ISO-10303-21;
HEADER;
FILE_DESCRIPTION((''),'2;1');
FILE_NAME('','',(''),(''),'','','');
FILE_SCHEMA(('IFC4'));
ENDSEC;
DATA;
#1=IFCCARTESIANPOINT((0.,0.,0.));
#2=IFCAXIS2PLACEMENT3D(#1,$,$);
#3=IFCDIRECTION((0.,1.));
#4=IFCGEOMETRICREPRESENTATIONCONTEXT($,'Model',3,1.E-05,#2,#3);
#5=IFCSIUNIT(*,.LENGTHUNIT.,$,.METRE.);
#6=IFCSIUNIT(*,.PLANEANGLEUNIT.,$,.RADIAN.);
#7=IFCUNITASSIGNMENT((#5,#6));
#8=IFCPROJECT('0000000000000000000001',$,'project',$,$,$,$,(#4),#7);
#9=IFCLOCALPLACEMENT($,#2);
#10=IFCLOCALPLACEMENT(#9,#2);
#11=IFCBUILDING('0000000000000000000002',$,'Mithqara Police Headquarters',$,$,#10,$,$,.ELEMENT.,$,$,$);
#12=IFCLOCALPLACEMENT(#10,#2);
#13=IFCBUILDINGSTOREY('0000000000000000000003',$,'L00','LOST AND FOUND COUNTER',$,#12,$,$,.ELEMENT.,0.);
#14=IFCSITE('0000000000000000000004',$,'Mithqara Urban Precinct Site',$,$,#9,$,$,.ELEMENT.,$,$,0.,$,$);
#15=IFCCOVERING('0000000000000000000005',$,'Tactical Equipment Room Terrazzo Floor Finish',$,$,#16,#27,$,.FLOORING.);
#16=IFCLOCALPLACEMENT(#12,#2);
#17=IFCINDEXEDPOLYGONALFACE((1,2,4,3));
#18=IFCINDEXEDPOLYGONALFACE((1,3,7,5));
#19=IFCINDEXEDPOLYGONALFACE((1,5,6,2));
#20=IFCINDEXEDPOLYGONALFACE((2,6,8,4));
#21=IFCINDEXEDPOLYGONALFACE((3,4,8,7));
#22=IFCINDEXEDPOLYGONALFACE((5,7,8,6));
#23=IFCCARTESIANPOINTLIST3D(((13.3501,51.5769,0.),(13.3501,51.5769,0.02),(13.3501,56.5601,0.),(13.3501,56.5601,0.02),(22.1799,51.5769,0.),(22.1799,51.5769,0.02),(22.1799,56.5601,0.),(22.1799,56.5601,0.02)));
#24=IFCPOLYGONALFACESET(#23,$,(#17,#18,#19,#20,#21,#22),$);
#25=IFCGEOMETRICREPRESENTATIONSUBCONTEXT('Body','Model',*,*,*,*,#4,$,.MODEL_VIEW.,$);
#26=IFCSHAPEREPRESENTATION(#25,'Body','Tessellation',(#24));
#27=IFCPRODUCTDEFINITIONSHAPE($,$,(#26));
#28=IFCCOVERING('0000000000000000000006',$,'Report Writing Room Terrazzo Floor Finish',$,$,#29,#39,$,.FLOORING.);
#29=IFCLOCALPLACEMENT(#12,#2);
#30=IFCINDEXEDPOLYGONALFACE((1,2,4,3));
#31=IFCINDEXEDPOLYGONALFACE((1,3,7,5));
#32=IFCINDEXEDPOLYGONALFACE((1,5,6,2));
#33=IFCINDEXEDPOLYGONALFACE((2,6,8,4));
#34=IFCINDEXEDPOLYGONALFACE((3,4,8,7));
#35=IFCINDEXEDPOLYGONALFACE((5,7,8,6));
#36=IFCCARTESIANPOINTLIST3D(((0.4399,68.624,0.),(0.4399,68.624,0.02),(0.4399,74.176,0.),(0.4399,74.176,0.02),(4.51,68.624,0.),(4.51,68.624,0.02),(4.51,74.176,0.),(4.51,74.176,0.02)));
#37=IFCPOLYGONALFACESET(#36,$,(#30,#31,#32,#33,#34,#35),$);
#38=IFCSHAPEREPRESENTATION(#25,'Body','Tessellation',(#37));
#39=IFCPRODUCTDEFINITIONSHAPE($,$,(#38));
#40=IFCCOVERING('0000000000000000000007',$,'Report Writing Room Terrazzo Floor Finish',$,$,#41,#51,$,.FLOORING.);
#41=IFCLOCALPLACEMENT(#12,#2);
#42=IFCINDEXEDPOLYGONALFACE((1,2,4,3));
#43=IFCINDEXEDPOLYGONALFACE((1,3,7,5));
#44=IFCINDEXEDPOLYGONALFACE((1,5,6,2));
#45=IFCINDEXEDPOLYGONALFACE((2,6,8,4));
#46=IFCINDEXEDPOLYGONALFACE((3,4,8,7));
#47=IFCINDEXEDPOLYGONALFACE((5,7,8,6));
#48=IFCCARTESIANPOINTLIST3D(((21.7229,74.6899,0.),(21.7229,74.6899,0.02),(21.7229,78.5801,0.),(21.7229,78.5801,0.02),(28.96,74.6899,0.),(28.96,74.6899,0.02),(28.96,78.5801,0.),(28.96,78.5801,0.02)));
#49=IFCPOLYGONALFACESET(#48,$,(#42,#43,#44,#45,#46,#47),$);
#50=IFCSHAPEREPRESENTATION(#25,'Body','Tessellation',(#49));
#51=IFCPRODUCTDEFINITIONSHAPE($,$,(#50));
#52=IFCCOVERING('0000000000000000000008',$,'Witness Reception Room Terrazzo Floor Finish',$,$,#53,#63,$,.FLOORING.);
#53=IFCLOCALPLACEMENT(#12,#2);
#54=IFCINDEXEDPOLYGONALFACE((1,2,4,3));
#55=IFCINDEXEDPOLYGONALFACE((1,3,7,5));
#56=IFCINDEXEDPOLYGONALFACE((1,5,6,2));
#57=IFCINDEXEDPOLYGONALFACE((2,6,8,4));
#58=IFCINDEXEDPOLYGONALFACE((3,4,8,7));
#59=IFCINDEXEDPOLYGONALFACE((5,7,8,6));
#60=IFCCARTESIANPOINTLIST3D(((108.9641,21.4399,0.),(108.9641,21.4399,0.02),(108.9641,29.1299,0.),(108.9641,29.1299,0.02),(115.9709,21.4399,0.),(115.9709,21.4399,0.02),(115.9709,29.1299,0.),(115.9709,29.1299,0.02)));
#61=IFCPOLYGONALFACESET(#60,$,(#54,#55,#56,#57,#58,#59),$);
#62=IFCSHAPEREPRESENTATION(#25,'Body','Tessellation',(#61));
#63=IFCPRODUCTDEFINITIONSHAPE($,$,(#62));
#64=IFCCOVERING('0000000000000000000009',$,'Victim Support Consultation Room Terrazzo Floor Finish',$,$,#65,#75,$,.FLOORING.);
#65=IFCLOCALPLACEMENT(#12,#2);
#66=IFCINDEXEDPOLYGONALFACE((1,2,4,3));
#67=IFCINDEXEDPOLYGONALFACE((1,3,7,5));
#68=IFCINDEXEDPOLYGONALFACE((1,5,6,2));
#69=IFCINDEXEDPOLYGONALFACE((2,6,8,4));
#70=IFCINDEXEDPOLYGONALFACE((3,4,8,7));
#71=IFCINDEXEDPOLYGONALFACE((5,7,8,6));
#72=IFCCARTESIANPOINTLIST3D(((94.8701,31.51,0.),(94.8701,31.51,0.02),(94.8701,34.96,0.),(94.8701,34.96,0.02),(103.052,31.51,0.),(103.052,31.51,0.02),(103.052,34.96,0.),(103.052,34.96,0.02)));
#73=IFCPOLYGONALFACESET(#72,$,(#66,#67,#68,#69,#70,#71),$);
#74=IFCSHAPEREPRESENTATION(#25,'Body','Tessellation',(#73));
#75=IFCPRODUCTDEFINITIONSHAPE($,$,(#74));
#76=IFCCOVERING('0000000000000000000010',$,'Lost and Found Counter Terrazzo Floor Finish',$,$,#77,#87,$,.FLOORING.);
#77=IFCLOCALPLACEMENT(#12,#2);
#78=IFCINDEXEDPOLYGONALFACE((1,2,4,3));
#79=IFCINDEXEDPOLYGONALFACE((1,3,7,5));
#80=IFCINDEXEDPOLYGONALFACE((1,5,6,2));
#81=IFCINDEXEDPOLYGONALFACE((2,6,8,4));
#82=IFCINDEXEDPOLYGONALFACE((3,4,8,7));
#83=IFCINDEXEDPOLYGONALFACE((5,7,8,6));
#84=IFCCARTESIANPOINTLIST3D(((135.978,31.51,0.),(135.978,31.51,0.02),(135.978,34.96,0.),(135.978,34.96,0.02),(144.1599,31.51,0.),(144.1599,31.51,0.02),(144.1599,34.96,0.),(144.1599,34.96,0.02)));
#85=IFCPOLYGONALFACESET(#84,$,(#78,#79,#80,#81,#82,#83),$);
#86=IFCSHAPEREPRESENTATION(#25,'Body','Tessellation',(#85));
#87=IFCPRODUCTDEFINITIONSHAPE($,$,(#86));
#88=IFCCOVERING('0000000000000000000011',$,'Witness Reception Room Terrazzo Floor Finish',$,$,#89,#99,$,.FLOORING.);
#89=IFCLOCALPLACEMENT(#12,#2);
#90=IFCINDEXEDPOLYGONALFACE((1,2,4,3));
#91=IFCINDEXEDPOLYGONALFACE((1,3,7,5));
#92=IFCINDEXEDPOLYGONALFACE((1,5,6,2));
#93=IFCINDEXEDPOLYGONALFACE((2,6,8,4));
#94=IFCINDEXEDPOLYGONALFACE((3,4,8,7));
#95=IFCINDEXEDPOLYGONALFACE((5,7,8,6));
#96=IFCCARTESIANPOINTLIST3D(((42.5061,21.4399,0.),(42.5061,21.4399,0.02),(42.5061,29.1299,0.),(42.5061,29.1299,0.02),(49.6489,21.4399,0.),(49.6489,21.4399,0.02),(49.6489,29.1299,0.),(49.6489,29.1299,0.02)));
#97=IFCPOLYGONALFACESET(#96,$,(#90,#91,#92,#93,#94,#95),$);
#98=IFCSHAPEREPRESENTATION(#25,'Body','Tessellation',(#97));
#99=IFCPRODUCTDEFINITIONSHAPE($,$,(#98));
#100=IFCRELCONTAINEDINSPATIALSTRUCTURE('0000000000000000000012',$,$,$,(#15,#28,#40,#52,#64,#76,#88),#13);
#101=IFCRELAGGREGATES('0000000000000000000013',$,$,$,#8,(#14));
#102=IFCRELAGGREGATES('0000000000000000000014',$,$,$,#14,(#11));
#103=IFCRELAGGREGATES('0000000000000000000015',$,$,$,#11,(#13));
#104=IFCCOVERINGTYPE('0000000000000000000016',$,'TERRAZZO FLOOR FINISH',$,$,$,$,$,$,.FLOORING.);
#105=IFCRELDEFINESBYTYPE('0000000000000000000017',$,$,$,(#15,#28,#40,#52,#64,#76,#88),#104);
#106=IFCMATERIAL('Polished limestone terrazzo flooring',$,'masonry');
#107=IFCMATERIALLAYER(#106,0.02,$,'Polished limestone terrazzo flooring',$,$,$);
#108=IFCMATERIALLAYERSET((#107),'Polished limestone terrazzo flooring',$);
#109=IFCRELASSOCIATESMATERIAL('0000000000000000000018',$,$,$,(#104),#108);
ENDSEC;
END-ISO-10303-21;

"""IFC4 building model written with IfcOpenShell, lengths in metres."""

from ifc_helpers import new_model, si_unit, direction, origin, place, context, subcontext, project, spatial, polyline, outline, extrude, material, layer, layer_set, type_object, element, save


model = new_model("IFC4")

# Units and contexts
model_context = context("Model", 3, precision=1e-05, world=origin(), true_north=direction((0.0, 1.0)))
body_context = subcontext(model_context, "Body", "Model", "MODEL_VIEW")
ifc_project = project(units=[si_unit("LENGTHUNIT", "METRE"), si_unit("PLANEANGLEUNIT", "RADIAN")], contexts=[model_context])

# Site, building, storey
site_placement = place(None, origin())
site = spatial("IfcSite", under=ifc_project, at=site_placement, Name="Mithqara Urban Precinct Site", CompositionType="ELEMENT", RefElevation=0.0)
building_placement = place(site_placement, origin())
building = spatial("IfcBuilding", under=site, at=building_placement, Name="Mithqara Police Headquarters", CompositionType="ELEMENT")
storey_placement = place(building_placement, origin())
storey = spatial("IfcBuildingStorey", under=building, at=storey_placement, Name="L00", Description="LOST AND FOUND COUNTER", CompositionType="ELEMENT", Elevation=0.0)

# Coverings
ifc_material_1 = material(Name="Polished limestone terrazzo flooring", Category="masonry")
ifc_layer_1 = layer(ifc_material_1, 0.02, Name="Polished limestone terrazzo flooring")
ifc_layer_set_1 = layer_set([ifc_layer_1], Name="Polished limestone terrazzo flooring")
covering_type_1 = type_object("IfcCoveringType", Name="TERRAZZO FLOOR FINISH", PredefinedType="FLOORING", material=ifc_layer_set_1)
covering_1_placement = place(storey_placement, origin())
element("IfcCovering", 1, at=covering_1_placement, inside=storey, type_object=covering_type_1, Name="Tactical Equipment Room Terrazzo Floor Finish", PredefinedType="FLOORING", context=body_context, shape_type="SweptSolid", body=[
    extrude(outline(polyline([(13.3501, 51.5769), (22.1799, 51.5769), (22.1799, 56.5601), (13.3501, 56.5601), (13.3501, 51.5769)])), origin(), (0.0, 0.0, 1.0), 0.02),
])
covering_2_placement = place(storey_placement, origin())
element("IfcCovering", 2, at=covering_2_placement, inside=storey, type_object=covering_type_1, Name="Report Writing Room Terrazzo Floor Finish", PredefinedType="FLOORING", context=body_context, shape_type="SweptSolid", body=[
    extrude(outline(polyline([(0.4399, 68.624), (4.51, 68.624), (4.51, 74.176), (0.4399, 74.176), (0.4399, 68.624)])), origin(), (0.0, 0.0, 1.0), 0.02),
])
covering_3_placement = place(storey_placement, origin())
element("IfcCovering", 3, at=covering_3_placement, inside=storey, type_object=covering_type_1, Name="Report Writing Room Terrazzo Floor Finish", PredefinedType="FLOORING", context=body_context, shape_type="SweptSolid", body=[
    extrude(outline(polyline([(21.7229, 74.6899), (28.96, 74.6899), (28.96, 78.5801), (21.7229, 78.5801), (21.7229, 74.6899)])), origin(), (0.0, 0.0, 1.0), 0.02),
])
covering_4_placement = place(storey_placement, origin())
element("IfcCovering", 4, at=covering_4_placement, inside=storey, type_object=covering_type_1, Name="Witness Reception Room Terrazzo Floor Finish", PredefinedType="FLOORING", context=body_context, shape_type="SweptSolid", body=[
    extrude(outline(polyline([(108.9641, 21.4399), (115.9709, 21.4399), (115.9709, 29.1299), (108.9641, 29.1299), (108.9641, 21.4399)])), origin(), (0.0, 0.0, 1.0), 0.02),
])
covering_5_placement = place(storey_placement, origin())
element("IfcCovering", 5, at=covering_5_placement, inside=storey, type_object=covering_type_1, Name="Victim Support Consultation Room Terrazzo Floor Finish", PredefinedType="FLOORING", context=body_context, shape_type="SweptSolid", body=[
    extrude(outline(polyline([(94.8701, 31.51), (103.052, 31.51), (103.052, 34.96), (94.8701, 34.96), (94.8701, 31.51)])), origin(), (0.0, 0.0, 1.0), 0.02),
])
covering_6_placement = place(storey_placement, origin())
element("IfcCovering", 6, at=covering_6_placement, inside=storey, type_object=covering_type_1, Name="Lost and Found Counter Terrazzo Floor Finish", PredefinedType="FLOORING", context=body_context, shape_type="SweptSolid", body=[
    extrude(outline(polyline([(135.978, 31.51), (144.1599, 31.51), (144.1599, 34.96), (135.978, 34.96), (135.978, 31.51)])), origin(), (0.0, 0.0, 1.0), 0.02),
])
covering_7_placement = place(storey_placement, origin())
element("IfcCovering", 7, at=covering_7_placement, inside=storey, type_object=covering_type_1, Name="Witness Reception Room Terrazzo Floor Finish", PredefinedType="FLOORING", context=body_context, shape_type="SweptSolid", body=[
    extrude(outline(polyline([(42.5061, 21.4399), (49.6489, 21.4399), (49.6489, 29.1299), (42.5061, 29.1299), (42.5061, 21.4399)])), origin(), (0.0, 0.0, 1.0), 0.02),
])

save(model, "model.ifc")
